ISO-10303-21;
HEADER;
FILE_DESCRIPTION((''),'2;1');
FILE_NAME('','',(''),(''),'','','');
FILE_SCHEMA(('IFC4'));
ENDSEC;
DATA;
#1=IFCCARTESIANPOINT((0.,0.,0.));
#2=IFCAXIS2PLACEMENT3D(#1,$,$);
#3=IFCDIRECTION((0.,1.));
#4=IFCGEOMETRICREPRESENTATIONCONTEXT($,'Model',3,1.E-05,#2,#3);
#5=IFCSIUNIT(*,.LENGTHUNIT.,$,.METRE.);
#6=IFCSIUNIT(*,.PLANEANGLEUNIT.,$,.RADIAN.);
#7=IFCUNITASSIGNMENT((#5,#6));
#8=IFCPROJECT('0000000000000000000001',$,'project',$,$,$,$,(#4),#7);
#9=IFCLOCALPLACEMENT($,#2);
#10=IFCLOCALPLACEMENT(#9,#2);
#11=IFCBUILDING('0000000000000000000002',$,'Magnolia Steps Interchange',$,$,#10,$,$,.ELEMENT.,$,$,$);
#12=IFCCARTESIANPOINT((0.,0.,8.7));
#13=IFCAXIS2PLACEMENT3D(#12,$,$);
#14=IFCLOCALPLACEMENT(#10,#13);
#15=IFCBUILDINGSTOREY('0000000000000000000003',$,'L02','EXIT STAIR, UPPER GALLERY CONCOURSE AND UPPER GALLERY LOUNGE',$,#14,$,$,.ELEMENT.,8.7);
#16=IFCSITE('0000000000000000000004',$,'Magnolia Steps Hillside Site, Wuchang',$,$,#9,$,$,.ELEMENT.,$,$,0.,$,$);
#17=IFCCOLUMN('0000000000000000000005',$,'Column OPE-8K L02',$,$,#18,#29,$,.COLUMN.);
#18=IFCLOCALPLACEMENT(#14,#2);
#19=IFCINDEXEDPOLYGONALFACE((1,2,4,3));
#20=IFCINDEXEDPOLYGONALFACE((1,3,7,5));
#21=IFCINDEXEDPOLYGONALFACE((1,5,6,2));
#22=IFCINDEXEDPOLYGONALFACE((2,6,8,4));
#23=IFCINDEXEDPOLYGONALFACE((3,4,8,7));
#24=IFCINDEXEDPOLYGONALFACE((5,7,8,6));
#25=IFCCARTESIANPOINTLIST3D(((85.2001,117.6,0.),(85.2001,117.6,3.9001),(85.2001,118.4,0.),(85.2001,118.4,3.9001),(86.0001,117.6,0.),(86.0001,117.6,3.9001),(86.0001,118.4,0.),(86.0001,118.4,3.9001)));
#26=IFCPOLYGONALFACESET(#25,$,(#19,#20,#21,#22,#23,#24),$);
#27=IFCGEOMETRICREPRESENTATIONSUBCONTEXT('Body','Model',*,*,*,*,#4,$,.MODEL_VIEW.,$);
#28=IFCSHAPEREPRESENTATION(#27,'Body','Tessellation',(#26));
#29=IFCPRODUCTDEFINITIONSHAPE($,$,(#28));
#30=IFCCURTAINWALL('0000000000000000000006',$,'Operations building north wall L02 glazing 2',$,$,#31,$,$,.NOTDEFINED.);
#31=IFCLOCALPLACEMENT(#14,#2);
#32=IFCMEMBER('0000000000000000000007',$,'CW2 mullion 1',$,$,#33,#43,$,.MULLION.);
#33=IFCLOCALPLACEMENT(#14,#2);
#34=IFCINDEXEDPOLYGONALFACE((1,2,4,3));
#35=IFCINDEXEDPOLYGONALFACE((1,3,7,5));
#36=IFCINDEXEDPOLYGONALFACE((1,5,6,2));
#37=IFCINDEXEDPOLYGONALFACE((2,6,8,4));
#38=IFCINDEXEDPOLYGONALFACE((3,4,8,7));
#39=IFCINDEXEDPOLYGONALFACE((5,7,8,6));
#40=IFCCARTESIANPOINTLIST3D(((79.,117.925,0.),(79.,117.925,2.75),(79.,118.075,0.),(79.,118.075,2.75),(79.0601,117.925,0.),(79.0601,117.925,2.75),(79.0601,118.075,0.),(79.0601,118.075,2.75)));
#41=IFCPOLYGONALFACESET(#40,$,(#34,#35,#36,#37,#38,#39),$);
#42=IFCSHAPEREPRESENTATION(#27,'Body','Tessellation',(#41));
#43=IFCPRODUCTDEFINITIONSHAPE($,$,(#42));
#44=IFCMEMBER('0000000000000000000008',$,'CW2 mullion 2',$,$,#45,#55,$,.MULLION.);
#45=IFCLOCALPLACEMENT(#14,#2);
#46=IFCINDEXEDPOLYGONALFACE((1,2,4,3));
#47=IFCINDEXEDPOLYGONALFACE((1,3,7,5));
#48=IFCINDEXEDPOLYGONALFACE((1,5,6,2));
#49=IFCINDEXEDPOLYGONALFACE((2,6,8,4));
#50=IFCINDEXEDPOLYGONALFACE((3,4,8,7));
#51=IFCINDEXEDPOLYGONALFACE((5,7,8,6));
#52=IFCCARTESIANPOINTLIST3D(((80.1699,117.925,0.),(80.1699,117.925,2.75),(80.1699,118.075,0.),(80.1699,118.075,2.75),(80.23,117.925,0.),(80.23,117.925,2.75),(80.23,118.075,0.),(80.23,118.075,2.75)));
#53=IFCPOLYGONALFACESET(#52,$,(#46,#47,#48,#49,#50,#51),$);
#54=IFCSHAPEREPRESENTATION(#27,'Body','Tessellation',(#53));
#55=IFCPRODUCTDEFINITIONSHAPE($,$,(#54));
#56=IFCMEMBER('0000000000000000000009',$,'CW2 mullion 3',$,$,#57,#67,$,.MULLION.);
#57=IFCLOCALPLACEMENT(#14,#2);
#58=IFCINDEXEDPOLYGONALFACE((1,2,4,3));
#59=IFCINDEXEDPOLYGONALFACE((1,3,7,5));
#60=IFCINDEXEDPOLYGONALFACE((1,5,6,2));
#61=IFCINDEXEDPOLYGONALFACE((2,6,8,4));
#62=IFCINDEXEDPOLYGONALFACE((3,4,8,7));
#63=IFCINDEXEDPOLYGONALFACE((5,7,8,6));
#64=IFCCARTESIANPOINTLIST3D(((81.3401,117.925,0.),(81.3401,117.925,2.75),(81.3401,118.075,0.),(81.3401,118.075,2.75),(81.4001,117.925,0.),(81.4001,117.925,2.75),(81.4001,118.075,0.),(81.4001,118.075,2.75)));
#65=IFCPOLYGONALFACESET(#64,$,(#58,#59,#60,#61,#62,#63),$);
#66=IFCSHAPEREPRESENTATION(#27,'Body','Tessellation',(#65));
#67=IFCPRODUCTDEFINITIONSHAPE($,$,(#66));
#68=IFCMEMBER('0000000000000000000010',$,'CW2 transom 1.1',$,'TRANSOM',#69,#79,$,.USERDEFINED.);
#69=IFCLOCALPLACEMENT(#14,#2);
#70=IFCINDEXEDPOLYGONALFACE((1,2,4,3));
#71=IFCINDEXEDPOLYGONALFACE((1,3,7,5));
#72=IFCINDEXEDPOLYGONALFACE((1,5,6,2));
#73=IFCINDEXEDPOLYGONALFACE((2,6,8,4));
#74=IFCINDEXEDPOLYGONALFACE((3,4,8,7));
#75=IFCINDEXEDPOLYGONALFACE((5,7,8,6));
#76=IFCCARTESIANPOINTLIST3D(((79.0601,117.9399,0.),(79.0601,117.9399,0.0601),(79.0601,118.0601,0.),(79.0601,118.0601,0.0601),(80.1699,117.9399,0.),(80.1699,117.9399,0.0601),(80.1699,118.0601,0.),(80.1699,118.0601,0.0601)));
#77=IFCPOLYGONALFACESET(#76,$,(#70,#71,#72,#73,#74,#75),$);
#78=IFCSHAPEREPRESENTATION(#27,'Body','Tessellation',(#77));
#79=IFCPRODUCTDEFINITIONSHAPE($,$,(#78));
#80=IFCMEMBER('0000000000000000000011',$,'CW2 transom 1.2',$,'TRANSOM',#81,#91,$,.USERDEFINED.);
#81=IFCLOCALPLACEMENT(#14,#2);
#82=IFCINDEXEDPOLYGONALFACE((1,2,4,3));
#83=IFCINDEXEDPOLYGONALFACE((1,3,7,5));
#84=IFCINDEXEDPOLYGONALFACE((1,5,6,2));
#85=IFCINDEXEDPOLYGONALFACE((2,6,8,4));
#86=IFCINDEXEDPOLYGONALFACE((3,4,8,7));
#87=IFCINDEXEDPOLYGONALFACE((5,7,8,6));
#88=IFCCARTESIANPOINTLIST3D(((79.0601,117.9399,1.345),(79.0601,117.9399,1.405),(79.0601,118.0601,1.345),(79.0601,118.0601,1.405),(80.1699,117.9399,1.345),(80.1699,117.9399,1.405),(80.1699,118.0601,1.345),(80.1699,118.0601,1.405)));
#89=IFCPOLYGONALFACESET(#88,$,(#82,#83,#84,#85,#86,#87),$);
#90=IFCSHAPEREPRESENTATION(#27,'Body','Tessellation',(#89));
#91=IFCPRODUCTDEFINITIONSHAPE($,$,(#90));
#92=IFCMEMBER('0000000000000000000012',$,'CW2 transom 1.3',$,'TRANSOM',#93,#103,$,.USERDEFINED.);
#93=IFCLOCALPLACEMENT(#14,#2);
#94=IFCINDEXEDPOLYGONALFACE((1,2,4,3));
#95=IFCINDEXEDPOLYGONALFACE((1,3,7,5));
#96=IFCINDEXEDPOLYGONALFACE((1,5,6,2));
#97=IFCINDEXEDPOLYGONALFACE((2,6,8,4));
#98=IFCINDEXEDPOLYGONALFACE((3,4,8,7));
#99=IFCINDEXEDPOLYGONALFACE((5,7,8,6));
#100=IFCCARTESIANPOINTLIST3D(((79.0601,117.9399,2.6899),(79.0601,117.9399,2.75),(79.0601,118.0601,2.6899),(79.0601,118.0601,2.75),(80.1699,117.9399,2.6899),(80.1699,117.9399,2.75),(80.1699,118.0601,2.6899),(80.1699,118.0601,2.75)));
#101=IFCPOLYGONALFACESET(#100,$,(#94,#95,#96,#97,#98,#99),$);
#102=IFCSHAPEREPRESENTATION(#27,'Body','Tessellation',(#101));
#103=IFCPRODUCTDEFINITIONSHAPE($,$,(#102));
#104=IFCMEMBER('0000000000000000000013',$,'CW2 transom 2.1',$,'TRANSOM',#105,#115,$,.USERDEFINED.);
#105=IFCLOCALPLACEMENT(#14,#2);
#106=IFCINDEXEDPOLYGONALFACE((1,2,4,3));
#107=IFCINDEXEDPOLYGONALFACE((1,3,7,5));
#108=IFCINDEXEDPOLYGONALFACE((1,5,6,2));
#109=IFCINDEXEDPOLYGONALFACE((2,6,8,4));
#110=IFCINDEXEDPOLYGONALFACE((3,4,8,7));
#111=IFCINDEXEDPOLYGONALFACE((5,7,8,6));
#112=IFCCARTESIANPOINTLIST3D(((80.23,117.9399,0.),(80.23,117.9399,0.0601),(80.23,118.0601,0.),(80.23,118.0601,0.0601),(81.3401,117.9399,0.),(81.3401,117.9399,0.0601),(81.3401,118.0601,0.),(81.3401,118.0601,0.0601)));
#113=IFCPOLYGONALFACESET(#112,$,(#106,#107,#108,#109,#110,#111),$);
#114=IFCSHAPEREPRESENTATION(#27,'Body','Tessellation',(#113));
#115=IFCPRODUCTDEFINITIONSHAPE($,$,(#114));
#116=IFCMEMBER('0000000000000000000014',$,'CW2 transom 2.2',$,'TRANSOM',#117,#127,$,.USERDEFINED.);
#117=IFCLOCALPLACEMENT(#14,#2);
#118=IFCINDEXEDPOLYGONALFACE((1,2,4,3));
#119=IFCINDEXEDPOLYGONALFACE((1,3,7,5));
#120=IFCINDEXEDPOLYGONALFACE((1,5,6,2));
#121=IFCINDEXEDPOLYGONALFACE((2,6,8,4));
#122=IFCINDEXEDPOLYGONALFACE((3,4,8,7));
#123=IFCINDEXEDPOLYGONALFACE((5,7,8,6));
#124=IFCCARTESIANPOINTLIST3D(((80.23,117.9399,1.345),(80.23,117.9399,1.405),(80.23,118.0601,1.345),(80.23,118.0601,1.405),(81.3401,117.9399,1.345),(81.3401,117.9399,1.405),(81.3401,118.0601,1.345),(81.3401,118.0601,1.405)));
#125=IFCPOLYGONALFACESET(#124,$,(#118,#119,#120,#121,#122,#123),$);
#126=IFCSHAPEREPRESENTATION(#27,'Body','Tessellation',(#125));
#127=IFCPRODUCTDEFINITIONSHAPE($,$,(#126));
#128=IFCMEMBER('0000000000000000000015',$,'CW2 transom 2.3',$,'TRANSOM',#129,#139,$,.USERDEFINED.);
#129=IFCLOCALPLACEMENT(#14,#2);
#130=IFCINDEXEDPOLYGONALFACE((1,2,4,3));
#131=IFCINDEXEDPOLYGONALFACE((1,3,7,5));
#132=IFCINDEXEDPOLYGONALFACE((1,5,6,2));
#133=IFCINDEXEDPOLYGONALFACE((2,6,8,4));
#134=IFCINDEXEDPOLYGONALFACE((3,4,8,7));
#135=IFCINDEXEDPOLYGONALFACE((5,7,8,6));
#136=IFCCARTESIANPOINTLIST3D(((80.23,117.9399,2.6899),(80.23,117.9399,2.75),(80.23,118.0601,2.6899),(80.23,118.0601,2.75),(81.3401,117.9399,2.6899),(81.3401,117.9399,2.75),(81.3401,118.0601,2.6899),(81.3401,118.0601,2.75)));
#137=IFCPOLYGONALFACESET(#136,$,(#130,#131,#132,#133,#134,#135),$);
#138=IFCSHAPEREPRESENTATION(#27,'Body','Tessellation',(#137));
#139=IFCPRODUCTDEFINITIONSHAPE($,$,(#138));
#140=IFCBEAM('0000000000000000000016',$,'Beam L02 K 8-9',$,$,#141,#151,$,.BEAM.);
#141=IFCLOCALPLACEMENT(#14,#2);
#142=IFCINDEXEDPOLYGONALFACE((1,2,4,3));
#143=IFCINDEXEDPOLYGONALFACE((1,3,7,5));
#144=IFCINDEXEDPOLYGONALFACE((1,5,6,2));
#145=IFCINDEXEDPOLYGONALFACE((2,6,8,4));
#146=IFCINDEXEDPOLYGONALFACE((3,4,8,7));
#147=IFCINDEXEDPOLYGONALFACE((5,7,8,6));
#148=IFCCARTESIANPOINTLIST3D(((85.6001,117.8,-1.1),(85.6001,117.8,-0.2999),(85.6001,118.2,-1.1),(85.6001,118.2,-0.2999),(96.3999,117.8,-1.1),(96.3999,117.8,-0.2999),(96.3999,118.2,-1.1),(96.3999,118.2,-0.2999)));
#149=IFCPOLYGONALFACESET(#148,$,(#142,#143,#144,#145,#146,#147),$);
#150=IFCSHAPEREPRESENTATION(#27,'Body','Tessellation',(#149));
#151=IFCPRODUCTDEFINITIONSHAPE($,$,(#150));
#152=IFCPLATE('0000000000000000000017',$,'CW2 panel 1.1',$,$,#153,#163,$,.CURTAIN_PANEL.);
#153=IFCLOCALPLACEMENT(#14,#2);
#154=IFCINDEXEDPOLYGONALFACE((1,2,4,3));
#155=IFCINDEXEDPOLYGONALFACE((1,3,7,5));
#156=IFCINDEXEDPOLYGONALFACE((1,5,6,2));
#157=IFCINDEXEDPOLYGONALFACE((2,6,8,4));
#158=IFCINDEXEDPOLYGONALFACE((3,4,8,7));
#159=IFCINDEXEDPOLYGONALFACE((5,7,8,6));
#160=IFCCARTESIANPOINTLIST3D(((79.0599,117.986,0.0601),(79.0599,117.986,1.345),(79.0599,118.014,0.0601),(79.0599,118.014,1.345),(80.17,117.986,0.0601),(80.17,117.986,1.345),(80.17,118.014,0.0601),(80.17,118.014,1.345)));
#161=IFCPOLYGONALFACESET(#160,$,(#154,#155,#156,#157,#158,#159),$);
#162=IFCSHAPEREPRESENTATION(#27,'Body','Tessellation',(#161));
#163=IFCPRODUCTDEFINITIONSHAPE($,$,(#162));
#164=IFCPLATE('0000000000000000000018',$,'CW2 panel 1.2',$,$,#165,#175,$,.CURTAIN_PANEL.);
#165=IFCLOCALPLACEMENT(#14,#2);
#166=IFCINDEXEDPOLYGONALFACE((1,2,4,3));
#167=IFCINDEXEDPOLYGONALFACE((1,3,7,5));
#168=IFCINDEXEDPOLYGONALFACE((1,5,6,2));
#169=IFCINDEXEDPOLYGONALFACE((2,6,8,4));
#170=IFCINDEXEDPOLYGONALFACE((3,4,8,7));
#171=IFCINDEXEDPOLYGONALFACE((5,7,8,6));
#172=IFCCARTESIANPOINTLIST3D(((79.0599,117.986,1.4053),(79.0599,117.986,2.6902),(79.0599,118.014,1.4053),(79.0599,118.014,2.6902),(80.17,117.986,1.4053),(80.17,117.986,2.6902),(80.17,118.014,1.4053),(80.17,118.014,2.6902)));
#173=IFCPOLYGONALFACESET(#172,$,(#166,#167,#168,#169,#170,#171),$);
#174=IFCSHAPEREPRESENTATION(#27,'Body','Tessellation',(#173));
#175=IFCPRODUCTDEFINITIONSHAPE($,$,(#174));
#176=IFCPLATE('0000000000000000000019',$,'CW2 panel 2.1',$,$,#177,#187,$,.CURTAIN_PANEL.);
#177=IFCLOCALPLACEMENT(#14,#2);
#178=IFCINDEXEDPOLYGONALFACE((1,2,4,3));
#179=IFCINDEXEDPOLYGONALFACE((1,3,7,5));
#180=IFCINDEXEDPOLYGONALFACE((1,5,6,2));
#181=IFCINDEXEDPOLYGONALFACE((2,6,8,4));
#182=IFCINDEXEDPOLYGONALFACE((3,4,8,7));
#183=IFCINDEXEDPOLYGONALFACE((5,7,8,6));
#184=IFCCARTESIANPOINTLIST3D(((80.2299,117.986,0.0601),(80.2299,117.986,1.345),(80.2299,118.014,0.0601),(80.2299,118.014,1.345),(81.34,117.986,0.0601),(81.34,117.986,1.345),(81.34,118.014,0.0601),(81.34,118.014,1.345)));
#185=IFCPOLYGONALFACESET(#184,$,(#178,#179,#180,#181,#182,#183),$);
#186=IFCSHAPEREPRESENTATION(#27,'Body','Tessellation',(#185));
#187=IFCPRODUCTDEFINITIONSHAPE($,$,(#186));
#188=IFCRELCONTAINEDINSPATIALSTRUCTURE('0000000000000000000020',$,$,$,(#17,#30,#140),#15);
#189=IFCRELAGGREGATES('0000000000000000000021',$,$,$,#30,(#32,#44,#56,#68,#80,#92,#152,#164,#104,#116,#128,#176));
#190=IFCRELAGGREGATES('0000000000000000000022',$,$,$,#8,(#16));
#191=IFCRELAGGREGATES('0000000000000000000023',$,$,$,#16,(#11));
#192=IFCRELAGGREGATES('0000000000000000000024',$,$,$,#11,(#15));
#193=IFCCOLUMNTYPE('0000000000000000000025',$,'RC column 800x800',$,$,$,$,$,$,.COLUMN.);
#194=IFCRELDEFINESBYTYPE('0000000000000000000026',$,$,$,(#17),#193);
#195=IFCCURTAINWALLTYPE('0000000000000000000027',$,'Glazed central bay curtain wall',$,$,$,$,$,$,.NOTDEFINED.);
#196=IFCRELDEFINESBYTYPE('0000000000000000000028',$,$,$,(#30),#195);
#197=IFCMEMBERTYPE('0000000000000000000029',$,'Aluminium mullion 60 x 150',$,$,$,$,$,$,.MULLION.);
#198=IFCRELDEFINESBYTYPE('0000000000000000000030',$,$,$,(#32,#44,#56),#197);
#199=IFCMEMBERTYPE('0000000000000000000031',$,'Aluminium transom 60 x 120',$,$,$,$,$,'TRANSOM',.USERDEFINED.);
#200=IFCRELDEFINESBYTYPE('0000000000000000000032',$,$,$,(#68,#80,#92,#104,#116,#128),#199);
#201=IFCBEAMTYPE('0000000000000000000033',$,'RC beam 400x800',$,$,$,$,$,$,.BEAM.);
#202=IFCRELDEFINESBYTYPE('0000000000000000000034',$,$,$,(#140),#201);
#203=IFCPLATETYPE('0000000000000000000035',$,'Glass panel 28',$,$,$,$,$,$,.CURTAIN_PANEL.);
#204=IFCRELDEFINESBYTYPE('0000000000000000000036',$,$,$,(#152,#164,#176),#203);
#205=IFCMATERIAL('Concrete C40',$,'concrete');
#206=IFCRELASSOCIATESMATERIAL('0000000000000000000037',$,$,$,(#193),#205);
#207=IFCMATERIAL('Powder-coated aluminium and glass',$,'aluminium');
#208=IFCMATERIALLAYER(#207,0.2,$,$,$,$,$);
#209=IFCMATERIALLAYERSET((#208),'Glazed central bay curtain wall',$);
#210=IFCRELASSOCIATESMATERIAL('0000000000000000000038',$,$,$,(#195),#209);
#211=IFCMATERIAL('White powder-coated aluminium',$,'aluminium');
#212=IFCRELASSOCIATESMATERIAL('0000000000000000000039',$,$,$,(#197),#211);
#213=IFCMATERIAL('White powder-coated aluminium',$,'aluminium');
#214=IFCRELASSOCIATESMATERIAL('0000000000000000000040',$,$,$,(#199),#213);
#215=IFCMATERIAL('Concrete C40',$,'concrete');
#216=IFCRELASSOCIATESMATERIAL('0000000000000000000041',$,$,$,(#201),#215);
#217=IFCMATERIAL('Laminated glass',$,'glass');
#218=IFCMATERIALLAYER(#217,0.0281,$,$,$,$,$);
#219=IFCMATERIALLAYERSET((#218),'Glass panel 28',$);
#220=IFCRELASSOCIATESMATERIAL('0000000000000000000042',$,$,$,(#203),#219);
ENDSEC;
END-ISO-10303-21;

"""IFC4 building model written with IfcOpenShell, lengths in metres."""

from ifc_helpers import new_model, si_unit, direction, frame, origin, origin_2d, place, context, subcontext, project, spatial, rectangle, extrude, material, layer, layer_set, material_profile, profile_set, type_object, element, aggregate, save


model = new_model("IFC4")

# Units and contexts
model_context = context("Model", 3, precision=1e-05, world=origin(), true_north=direction((0.0, 1.0)))
body_context = subcontext(model_context, "Body", "Model", "MODEL_VIEW")
ifc_project = project(units=[si_unit("LENGTHUNIT", "METRE"), si_unit("PLANEANGLEUNIT", "RADIAN")], contexts=[model_context])

# Site, building, storey
site_placement = place(None, origin())
site = spatial("IfcSite", under=ifc_project, at=site_placement, Name="Magnolia Steps Hillside Site, Wuchang", CompositionType="ELEMENT", RefElevation=0.0)
building_placement = place(site_placement, origin())
building = spatial("IfcBuilding", under=site, at=building_placement, Name="Magnolia Steps Interchange", CompositionType="ELEMENT")
storey_placement = place(building_placement, frame((0.0, 0.0, 8.7)))
storey = spatial("IfcBuildingStorey", under=building, at=storey_placement, Name="L02", Description="EXIT STAIR, UPPER GALLERY CONCOURSE AND UPPER GALLERY LOUNGE", CompositionType="ELEMENT", Elevation=8.7)

# Column
ifc_material_1 = material(Name="Concrete C40", Category="concrete")
ifc_material_profile_1 = material_profile(ifc_material_1, rectangle(XDim=0.8, YDim=0.8, at=origin_2d()), Name="RC800x800")
ifc_profile_set_1 = profile_set([ifc_material_profile_1], Name="Concrete C40")
column_type = type_object("IfcColumnType", Name="RC column 800x800", PredefinedType="COLUMN", material=ifc_profile_set_1)
column_placement = place(storey_placement, frame((85.6001, 118.0, 0.0), z_axis=(0.0, 0.0, 1.0), x_axis=(1.0, 0.0, 0.0)))
element("IfcColumn", 1, at=column_placement, inside=storey, type_object=column_type, Name="Column OPE-8K L02", PredefinedType="COLUMN", context=body_context, shape_type="SweptSolid", body=[
    extrude(rectangle(XDim=0.8, YDim=0.8, at=origin_2d()), origin(), (0.0, 0.0, 1.0), 3.9001),
])

# Curtain wall, members
ifc_material_2 = material(Name="Powder-coated aluminium and glass", Category="aluminium")
ifc_layer_1 = layer(ifc_material_2, 0.2)
ifc_layer_set_1 = layer_set([ifc_layer_1], Name="Glazed central bay curtain wall")
curtain_wall_type = type_object("IfcCurtainWallType", Name="Glazed central bay curtain wall", PredefinedType="NOTDEFINED", material=ifc_layer_set_1)
curtain_wall_placement = place(storey_placement, origin())
curtain_wall = element("IfcCurtainWall", 2, at=curtain_wall_placement, inside=storey, type_object=curtain_wall_type, Name="Operations building north wall L02 glazing 2", PredefinedType="NOTDEFINED")
ifc_material_3 = material(Name="White powder-coated aluminium", Category="aluminium")
ifc_material_profile_2 = material_profile(ifc_material_3, rectangle(XDim=0.0601, YDim=0.1499, at=origin_2d()), Name="Aluminium mullion 60 x 150")
ifc_profile_set_2 = profile_set([ifc_material_profile_2], Name="White powder-coated aluminium")
member_type_1 = type_object("IfcMemberType", Name="Aluminium mullion 60 x 150", PredefinedType="MULLION", material=ifc_profile_set_2)
member_1_placement = place(storey_placement, frame((79.03, 118.0, 0.0), z_axis=(0.0, 0.0, 1.0), x_axis=(1.0, 0.0, 0.0)))
member_1 = element("IfcMember", 3, at=member_1_placement, type_object=member_type_1, Name="CW2 mullion 1", PredefinedType="MULLION", context=body_context, shape_type="SweptSolid", body=[
    extrude(rectangle(XDim=0.0601, YDim=0.1499, at=origin_2d()), origin(), (0.0, 0.0, 1.0), 2.75),
])
member_2_placement = place(storey_placement, frame((80.2, 118.0, 0.0), z_axis=(0.0, 0.0, 1.0), x_axis=(1.0, 0.0, 0.0)))
member_2 = element("IfcMember", 4, at=member_2_placement, type_object=member_type_1, Name="CW2 mullion 2", PredefinedType="MULLION", context=body_context, shape_type="SweptSolid", body=[
    extrude(rectangle(XDim=0.0601, YDim=0.1499, at=origin_2d()), origin(), (0.0, 0.0, 1.0), 2.75),
])
member_3_placement = place(storey_placement, frame((81.3701, 118.0, 0.0), z_axis=(0.0, 0.0, 1.0), x_axis=(1.0, 0.0, 0.0)))
member_3 = element("IfcMember", 5, at=member_3_placement, type_object=member_type_1, Name="CW2 mullion 3", PredefinedType="MULLION", context=body_context, shape_type="SweptSolid", body=[
    extrude(rectangle(XDim=0.0601, YDim=0.1499, at=origin_2d()), origin(), (0.0, 0.0, 1.0), 2.75),
])
ifc_material_4 = material(Name="White powder-coated aluminium", Category="aluminium")
ifc_material_profile_3 = material_profile(ifc_material_4, rectangle(XDim=0.0601, YDim=0.1201, at=origin_2d()), Name="Aluminium transom 60 x 120")
ifc_profile_set_3 = profile_set([ifc_material_profile_3], Name="White powder-coated aluminium")
member_type_2 = type_object("IfcMemberType", Name="Aluminium transom 60 x 120", ElementType="TRANSOM", PredefinedType="USERDEFINED", material=ifc_profile_set_3)
member_4_placement = place(storey_placement, frame((79.0601, 118.0, 0.03), z_axis=(1.0, 0.0, 0.0), x_axis=(0.0, 0.0, 1.0)))
member_4 = element("IfcMember", 6, at=member_4_placement, type_object=member_type_2, Name="CW2 transom 1.1", ObjectType="TRANSOM", PredefinedType="USERDEFINED", context=body_context, shape_type="SweptSolid", body=[
    extrude(rectangle(XDim=0.0601, YDim=0.1201, at=origin_2d()), origin(), (0.0, 0.0, 1.0), 1.1099),
])
member_5_placement = place(storey_placement, frame((79.0601, 118.0, 1.375), z_axis=(1.0, 0.0, 0.0), x_axis=(0.0, 0.0, 1.0)))
member_5 = element("IfcMember", 7, at=member_5_placement, type_object=member_type_2, Name="CW2 transom 1.2", ObjectType="TRANSOM", PredefinedType="USERDEFINED", context=body_context, shape_type="SweptSolid", body=[
    extrude(rectangle(XDim=0.0601, YDim=0.1201, at=origin_2d()), origin(), (0.0, 0.0, 1.0), 1.1099),
])
member_6_placement = place(storey_placement, frame((79.0601, 118.0, 2.72), z_axis=(1.0, 0.0, 0.0), x_axis=(0.0, 0.0, 1.0)))
member_6 = element("IfcMember", 8, at=member_6_placement, type_object=member_type_2, Name="CW2 transom 1.3", ObjectType="TRANSOM", PredefinedType="USERDEFINED", context=body_context, shape_type="SweptSolid", body=[
    extrude(rectangle(XDim=0.0601, YDim=0.1201, at=origin_2d()), origin(), (0.0, 0.0, 1.0), 1.1099),
])
member_7_placement = place(storey_placement, frame((80.23, 118.0, 0.03), z_axis=(1.0, 0.0, 0.0), x_axis=(0.0, 0.0, 1.0)))
member_7 = element("IfcMember", 9, at=member_7_placement, type_object=member_type_2, Name="CW2 transom 2.1", ObjectType="TRANSOM", PredefinedType="USERDEFINED", context=body_context, shape_type="SweptSolid", body=[
    extrude(rectangle(XDim=0.0601, YDim=0.1201, at=origin_2d()), origin(), (0.0, 0.0, 1.0), 1.1101),
])
member_8_placement = place(storey_placement, frame((80.23, 118.0, 1.375), z_axis=(1.0, 0.0, 0.0), x_axis=(0.0, 0.0, 1.0)))
member_8 = element("IfcMember", 10, at=member_8_placement, type_object=member_type_2, Name="CW2 transom 2.2", ObjectType="TRANSOM", PredefinedType="USERDEFINED", context=body_context, shape_type="SweptSolid", body=[
    extrude(rectangle(XDim=0.0601, YDim=0.1201, at=origin_2d()), origin(), (0.0, 0.0, 1.0), 1.1101),
])
member_9_placement = place(storey_placement, frame((80.23, 118.0, 2.72), z_axis=(1.0, 0.0, 0.0), x_axis=(0.0, 0.0, 1.0)))
member_9 = element("IfcMember", 11, at=member_9_placement, type_object=member_type_2, Name="CW2 transom 2.3", ObjectType="TRANSOM", PredefinedType="USERDEFINED", context=body_context, shape_type="SweptSolid", body=[
    extrude(rectangle(XDim=0.0601, YDim=0.1201, at=origin_2d()), origin(), (0.0, 0.0, 1.0), 1.1101),
])

# Beam
ifc_material_5 = material(Name="Concrete C40", Category="concrete")
ifc_material_profile_4 = material_profile(ifc_material_5, rectangle(XDim=0.3999, YDim=0.8, at=origin_2d()), Name="RC400x800")
ifc_profile_set_4 = profile_set([ifc_material_profile_4], Name="Concrete C40")
beam_type = type_object("IfcBeamType", Name="RC beam 400x800", PredefinedType="BEAM", material=ifc_profile_set_4)
beam_placement = place(storey_placement, frame((85.6001, 118.0, -0.7), z_axis=(1.0, 0.0, 0.0), x_axis=(0.0, 1.0, 0.0)))
element("IfcBeam", 12, at=beam_placement, inside=storey, type_object=beam_type, Name="Beam L02 K 8-9", PredefinedType="BEAM", context=body_context, shape_type="SweptSolid", body=[
    extrude(rectangle(XDim=0.3999, YDim=0.8, at=origin_2d()), origin(), (0.0, 0.0, 1.0), 10.7998),
])

# Plates
ifc_material_6 = material(Name="Laminated glass", Category="glass")
ifc_layer_2 = layer(ifc_material_6, 0.0281)
ifc_layer_set_2 = layer_set([ifc_layer_2], Name="Glass panel 28")
plate_type = type_object("IfcPlateType", Name="Glass panel 28", PredefinedType="CURTAIN_PANEL", material=ifc_layer_set_2)
plate_1_placement = place(storey_placement, frame((79.615, 118.0, 0.0601), z_axis=(0.0, 0.0, 1.0), x_axis=(1.0, 0.0, 0.0)))
plate_1 = element("IfcPlate", 13, at=plate_1_placement, type_object=plate_type, Name="CW2 panel 1.1", PredefinedType="CURTAIN_PANEL", context=body_context, shape_type="SweptSolid", body=[
    extrude(rectangle(XDim=1.1101, YDim=0.0281, at=origin_2d()), origin(), (0.0, 0.0, 1.0), 1.2849),
])
plate_2_placement = place(storey_placement, frame((79.615, 118.0, 1.4053), z_axis=(0.0, 0.0, 1.0), x_axis=(1.0, 0.0, 0.0)))
plate_2 = element("IfcPlate", 14, at=plate_2_placement, type_object=plate_type, Name="CW2 panel 1.2", PredefinedType="CURTAIN_PANEL", context=body_context, shape_type="SweptSolid", body=[
    extrude(rectangle(XDim=1.1101, YDim=0.0281, at=origin_2d()), origin(), (0.0, 0.0, 1.0), 1.2849),
])
plate_3_placement = place(storey_placement, frame((80.7849, 118.0, 0.0601), z_axis=(0.0, 0.0, 1.0), x_axis=(1.0, 0.0, 0.0)))
plate_3 = element("IfcPlate", 15, at=plate_3_placement, type_object=plate_type, Name="CW2 panel 2.1", PredefinedType="CURTAIN_PANEL", context=body_context, shape_type="SweptSolid", body=[
    extrude(rectangle(XDim=1.1101, YDim=0.0281, at=origin_2d()), origin(), (0.0, 0.0, 1.0), 1.2849),
])
aggregate(curtain_wall, [member_1, member_2, member_3, member_4, member_5, member_6, plate_1, plate_2, member_7, member_8, member_9, plate_3])

save(model, "model.ifc")
